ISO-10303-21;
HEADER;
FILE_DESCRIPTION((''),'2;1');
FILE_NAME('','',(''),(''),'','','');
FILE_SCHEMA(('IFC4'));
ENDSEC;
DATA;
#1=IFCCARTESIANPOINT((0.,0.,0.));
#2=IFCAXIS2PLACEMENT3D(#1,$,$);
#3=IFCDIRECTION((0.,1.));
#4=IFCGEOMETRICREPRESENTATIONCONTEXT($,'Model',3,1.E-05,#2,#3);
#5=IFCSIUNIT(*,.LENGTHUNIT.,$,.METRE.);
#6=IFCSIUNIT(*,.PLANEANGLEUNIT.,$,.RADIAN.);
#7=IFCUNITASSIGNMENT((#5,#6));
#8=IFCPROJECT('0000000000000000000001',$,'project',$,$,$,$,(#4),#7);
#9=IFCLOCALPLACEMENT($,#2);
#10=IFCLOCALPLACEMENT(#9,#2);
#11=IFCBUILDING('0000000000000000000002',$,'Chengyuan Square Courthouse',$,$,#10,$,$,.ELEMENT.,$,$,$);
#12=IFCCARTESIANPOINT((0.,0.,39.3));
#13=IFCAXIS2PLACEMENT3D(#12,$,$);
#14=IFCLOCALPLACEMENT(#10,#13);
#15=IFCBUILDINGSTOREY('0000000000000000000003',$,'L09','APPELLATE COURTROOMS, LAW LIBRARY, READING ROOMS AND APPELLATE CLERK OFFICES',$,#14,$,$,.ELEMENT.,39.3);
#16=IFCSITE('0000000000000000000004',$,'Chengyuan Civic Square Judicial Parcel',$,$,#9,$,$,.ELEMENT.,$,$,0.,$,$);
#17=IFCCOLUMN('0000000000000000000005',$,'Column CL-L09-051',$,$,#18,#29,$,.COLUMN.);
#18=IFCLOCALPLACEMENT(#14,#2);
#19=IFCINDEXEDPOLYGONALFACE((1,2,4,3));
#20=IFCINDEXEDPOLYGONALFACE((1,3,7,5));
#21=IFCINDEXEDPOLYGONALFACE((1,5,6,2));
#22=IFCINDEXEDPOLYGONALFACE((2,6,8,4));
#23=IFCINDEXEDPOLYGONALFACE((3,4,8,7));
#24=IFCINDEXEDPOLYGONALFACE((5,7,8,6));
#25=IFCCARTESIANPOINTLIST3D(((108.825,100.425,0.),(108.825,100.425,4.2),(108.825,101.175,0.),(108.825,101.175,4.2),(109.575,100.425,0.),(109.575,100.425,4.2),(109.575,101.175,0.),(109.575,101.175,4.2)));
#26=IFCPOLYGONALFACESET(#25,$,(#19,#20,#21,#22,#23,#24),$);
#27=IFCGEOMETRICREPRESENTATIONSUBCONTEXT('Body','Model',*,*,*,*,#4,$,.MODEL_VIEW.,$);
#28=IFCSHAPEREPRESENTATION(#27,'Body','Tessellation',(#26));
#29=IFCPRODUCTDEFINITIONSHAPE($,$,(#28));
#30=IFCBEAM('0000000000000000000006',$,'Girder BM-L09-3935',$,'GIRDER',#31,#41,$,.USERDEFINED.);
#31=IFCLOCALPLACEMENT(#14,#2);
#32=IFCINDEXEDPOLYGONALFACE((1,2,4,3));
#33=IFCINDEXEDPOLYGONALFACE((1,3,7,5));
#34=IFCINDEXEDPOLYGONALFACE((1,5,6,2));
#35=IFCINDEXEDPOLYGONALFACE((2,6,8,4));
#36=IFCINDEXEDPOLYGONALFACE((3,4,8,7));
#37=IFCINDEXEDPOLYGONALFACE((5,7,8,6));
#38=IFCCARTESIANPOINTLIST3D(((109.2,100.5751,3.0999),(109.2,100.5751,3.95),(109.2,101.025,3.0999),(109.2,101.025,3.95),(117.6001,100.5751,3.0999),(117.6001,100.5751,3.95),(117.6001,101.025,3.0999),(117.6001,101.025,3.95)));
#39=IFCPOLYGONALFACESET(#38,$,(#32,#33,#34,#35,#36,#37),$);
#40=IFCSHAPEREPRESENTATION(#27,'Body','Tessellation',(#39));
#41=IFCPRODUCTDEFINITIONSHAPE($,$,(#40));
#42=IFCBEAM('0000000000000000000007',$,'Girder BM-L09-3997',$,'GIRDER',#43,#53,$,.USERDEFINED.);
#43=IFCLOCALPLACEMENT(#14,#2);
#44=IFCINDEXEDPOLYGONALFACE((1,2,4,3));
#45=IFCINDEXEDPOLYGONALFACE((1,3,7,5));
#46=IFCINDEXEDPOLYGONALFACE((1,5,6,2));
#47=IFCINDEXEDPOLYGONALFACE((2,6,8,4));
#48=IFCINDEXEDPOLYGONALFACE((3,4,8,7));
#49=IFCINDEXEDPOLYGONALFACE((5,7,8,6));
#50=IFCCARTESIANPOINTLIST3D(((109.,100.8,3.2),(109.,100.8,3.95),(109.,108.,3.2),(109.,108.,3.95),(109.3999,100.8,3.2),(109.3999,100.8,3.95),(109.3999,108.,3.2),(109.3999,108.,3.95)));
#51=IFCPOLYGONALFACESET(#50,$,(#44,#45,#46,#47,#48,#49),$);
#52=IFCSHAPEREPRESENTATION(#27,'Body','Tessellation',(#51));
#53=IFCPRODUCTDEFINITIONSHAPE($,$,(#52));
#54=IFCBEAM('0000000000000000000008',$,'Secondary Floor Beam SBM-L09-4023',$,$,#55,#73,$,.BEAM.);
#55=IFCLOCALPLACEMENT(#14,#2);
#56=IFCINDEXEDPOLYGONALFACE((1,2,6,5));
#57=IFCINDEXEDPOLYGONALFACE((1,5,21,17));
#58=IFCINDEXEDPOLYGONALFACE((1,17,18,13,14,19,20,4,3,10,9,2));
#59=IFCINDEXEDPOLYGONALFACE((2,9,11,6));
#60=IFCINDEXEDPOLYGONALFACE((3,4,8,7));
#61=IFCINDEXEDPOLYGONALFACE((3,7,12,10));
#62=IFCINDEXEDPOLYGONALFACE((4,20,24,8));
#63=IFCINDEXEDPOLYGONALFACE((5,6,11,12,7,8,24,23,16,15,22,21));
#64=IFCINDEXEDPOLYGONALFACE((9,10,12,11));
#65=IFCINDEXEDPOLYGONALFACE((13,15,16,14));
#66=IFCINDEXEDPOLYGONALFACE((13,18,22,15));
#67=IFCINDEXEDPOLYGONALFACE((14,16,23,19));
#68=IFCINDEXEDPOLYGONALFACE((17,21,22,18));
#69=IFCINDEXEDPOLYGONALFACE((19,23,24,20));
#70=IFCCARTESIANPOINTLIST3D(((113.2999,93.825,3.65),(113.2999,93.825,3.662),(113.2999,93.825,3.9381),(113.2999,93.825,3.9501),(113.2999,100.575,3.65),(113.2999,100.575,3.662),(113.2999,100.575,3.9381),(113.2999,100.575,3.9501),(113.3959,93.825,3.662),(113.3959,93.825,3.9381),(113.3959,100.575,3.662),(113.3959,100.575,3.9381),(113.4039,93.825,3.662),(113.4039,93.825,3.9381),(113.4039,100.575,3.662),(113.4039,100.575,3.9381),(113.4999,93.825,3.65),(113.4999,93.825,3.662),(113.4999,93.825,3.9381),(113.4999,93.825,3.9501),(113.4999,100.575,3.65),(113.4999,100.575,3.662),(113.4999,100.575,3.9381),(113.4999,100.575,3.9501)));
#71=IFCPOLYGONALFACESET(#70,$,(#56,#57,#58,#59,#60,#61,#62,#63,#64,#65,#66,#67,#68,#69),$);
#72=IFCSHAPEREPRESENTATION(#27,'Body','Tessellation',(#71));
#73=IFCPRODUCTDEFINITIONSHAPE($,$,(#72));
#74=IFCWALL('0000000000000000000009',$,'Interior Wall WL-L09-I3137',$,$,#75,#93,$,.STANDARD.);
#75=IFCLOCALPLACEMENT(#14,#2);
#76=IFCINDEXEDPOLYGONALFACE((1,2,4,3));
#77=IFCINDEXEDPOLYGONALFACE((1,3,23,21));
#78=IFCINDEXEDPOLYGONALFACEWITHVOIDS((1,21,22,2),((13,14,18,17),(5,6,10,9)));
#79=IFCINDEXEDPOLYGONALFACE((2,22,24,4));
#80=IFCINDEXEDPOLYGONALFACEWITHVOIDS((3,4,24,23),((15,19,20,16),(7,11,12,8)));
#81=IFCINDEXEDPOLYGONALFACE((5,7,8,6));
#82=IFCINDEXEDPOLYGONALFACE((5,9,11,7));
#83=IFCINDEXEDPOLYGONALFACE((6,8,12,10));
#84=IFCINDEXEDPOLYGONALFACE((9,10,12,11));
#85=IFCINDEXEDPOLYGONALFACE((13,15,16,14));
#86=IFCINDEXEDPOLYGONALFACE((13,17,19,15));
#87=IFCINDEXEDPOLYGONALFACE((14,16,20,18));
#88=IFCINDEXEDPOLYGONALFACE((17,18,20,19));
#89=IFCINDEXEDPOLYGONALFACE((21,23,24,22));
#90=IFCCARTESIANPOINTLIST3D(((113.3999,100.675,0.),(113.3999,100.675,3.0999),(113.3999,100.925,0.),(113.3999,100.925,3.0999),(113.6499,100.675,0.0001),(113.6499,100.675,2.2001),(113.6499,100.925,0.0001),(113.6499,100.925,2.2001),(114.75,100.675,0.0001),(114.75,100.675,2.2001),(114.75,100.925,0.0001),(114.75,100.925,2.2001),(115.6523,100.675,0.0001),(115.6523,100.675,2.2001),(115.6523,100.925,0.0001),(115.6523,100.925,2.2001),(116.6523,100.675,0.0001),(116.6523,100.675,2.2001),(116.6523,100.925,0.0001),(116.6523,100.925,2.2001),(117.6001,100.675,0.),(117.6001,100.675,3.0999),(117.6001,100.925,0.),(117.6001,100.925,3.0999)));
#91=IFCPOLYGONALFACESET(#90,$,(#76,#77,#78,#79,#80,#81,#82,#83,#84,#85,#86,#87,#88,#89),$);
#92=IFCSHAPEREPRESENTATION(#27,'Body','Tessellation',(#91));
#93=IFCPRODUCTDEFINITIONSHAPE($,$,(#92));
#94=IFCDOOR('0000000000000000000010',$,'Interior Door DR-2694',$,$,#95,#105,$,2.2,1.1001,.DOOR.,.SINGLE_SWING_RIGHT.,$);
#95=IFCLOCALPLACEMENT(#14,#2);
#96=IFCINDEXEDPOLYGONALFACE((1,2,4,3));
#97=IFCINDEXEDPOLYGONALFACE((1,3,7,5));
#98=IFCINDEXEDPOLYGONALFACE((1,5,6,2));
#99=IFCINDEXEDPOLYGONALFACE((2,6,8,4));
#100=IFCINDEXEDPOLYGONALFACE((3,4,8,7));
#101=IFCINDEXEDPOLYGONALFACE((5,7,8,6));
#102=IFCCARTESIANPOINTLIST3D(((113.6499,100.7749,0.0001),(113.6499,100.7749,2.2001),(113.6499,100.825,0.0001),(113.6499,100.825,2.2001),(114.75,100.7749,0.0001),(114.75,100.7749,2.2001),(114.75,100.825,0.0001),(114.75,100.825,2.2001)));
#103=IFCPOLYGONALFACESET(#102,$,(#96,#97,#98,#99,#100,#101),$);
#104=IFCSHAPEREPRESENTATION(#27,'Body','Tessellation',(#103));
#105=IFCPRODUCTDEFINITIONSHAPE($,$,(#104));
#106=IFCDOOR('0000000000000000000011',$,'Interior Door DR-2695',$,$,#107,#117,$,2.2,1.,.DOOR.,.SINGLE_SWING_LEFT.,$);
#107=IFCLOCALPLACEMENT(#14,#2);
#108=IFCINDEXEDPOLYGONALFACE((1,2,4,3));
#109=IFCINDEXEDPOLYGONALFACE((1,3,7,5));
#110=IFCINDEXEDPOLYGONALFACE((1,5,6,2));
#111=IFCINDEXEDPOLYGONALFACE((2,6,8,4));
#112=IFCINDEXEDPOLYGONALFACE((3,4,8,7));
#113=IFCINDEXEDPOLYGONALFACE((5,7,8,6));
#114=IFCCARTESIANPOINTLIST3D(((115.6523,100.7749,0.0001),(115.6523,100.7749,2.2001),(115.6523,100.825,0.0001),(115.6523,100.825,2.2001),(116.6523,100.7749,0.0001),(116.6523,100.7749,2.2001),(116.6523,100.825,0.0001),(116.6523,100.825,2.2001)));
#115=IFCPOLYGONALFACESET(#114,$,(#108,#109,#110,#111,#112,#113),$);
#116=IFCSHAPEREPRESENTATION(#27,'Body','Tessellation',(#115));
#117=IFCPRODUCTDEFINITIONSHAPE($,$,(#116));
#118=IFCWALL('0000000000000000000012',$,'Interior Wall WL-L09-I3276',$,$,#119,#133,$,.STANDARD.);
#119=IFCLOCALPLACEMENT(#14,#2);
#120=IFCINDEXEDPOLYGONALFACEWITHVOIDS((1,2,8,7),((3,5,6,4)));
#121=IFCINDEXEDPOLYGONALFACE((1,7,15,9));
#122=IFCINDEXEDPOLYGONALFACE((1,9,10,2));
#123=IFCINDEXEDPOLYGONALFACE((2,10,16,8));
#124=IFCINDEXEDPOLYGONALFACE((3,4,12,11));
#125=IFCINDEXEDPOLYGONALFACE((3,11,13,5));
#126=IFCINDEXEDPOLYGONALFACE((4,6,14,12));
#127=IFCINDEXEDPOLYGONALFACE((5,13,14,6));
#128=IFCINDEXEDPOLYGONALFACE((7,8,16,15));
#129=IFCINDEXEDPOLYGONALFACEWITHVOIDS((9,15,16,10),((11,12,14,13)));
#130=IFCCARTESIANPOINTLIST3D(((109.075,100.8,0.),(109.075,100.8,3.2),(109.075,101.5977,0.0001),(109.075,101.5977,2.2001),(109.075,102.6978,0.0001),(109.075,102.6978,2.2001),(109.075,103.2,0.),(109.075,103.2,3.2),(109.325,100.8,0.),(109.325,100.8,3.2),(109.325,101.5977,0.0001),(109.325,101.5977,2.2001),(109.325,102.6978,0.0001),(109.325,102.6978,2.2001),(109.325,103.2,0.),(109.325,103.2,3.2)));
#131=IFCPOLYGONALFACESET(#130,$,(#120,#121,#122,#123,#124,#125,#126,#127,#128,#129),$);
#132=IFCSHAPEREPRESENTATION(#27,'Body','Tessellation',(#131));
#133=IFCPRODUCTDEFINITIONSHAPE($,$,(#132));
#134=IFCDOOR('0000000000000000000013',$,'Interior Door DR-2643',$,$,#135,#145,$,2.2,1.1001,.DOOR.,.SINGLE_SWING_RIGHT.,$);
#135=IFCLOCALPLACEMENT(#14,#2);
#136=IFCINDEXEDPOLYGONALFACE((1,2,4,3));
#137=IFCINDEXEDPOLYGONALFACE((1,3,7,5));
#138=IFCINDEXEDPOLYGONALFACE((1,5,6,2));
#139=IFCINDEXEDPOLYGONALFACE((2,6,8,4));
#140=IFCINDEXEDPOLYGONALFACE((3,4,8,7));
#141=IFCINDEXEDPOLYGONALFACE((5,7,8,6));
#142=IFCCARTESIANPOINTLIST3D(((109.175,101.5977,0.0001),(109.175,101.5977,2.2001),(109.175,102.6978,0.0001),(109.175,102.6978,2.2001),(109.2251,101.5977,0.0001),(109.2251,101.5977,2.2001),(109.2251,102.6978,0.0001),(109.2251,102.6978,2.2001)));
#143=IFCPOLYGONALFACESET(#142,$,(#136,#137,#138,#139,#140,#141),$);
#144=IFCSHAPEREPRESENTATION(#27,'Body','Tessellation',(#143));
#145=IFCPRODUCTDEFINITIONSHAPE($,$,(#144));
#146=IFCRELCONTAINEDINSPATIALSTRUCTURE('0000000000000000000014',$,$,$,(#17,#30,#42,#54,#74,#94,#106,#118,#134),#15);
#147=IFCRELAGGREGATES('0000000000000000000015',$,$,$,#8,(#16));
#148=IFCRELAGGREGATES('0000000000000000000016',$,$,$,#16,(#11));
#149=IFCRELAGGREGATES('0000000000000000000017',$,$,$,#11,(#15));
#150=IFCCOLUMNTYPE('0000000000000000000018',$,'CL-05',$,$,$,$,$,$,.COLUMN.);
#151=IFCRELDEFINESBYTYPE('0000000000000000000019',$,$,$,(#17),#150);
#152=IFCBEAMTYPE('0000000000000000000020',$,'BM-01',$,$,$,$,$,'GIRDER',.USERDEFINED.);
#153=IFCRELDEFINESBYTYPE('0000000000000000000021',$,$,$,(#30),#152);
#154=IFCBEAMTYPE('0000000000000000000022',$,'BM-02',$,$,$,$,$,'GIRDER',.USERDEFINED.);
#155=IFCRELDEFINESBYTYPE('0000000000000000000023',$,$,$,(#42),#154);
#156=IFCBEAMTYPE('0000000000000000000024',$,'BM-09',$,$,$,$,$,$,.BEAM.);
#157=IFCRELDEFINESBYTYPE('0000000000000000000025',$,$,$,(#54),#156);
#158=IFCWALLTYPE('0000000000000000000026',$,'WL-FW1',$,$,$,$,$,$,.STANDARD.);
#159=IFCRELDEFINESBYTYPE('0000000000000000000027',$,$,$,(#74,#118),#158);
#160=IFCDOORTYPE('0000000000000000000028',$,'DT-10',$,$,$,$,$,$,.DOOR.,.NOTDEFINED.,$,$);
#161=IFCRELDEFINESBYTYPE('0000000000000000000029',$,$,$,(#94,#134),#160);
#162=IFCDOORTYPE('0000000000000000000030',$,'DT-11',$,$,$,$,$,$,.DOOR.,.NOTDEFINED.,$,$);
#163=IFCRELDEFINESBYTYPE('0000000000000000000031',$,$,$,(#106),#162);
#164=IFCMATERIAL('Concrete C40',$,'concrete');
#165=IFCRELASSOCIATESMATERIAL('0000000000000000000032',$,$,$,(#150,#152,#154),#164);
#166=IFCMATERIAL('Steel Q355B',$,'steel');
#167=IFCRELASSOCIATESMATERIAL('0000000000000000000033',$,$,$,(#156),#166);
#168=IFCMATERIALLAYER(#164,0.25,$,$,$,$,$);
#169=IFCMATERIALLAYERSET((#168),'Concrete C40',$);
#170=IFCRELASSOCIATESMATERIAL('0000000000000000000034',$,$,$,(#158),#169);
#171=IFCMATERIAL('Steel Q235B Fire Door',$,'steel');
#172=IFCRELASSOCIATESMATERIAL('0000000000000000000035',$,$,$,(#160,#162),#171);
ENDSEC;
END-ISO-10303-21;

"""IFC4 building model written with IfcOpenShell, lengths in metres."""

from ifc_helpers import new_model, si_unit, direction, frame, frame_2d, origin, origin_2d, place, context, subcontext, project, spatial, rectangle, i_section, extrude, material, layer, layer_set, material_profile, profile_set, type_object, element, fill, save


model = new_model("IFC4")

# Units and contexts
model_context = context("Model", 3, precision=1e-05, world=origin(), true_north=direction((0.0, 1.0)))
body_context = subcontext(model_context, "Body", "Model", "MODEL_VIEW")
ifc_project = project(units=[si_unit("LENGTHUNIT", "METRE"), si_unit("PLANEANGLEUNIT", "RADIAN")], contexts=[model_context])

# Site, building, storey
site_placement = place(None, origin())
site = spatial("IfcSite", under=ifc_project, at=site_placement, Name="Chengyuan Civic Square Judicial Parcel", CompositionType="ELEMENT", RefElevation=0.0)
building_placement = place(site_placement, origin())
building = spatial("IfcBuilding", under=site, at=building_placement, Name="Chengyuan Square Courthouse", CompositionType="ELEMENT")
storey_placement = place(building_placement, frame((0.0, 0.0, 39.3)))
storey = spatial("IfcBuildingStorey", under=building, at=storey_placement, Name="L09", Description="APPELLATE COURTROOMS, LAW LIBRARY, READING ROOMS AND APPELLATE CLERK OFFICES", CompositionType="ELEMENT", Elevation=39.3)

# Column
ifc_material_1 = material(Name="Concrete C40", Category="concrete")
ifc_material_profile_1 = material_profile(ifc_material_1, rectangle(XDim=0.75, YDim=0.75, at=origin_2d()), Name="RC-COL-750x750")
ifc_profile_set_1 = profile_set([ifc_material_profile_1], Name="Concrete C40")
column_type = type_object("IfcColumnType", Name="CL-05", PredefinedType="COLUMN", material=ifc_profile_set_1)
column_placement = place(storey_placement, frame((109.2, 100.8, 0.0), z_axis=(0.0, 0.0, 1.0), x_axis=(1.0, 0.0, 0.0)))
element("IfcColumn", 1, at=column_placement, inside=storey, type_object=column_type, Name="Column CL-L09-051", PredefinedType="COLUMN", context=body_context, shape_type="SweptSolid", body=[
    extrude(rectangle(XDim=0.75, YDim=0.75, at=origin_2d()), origin(), (0.0, 0.0, 1.0), 4.2),
])

# Beams
ifc_material_profile_2 = material_profile(ifc_material_1, rectangle(XDim=0.45, YDim=0.8501, at=origin_2d()), Name="RC-BM-450x850")
ifc_profile_set_2 = profile_set([ifc_material_profile_2], Name="Concrete C40")
beam_type_1 = type_object("IfcBeamType", Name="BM-01", ElementType="GIRDER", PredefinedType="USERDEFINED", material=ifc_profile_set_2)
beam_1_placement = place(storey_placement, frame((109.2, 100.8, 3.5249), z_axis=(1.0, 0.0, 0.0), x_axis=(0.0, 1.0, 0.0)))
element("IfcBeam", 2, at=beam_1_placement, inside=storey, type_object=beam_type_1, Name="Girder BM-L09-3935", ObjectType="GIRDER", PredefinedType="USERDEFINED", context=body_context, shape_type="SweptSolid", body=[
    extrude(rectangle(XDim=0.45, YDim=0.8501, at=origin_2d()), origin(), (0.0, 0.0, 1.0), 8.4001),
])
ifc_material_profile_3 = material_profile(ifc_material_1, rectangle(XDim=0.3999, YDim=0.75, at=origin_2d()), Name="RC-BM-400x750")
ifc_profile_set_3 = profile_set([ifc_material_profile_3], Name="Concrete C40")
beam_type_2 = type_object("IfcBeamType", Name="BM-02", ElementType="GIRDER", PredefinedType="USERDEFINED", material=ifc_profile_set_3)
beam_2_placement = place(storey_placement, frame((109.2, 100.8, 3.575), z_axis=(0.0, 1.0, 0.0), x_axis=(-1.0, 0.0, 0.0)))
element("IfcBeam", 3, at=beam_2_placement, inside=storey, type_object=beam_type_2, Name="Girder BM-L09-3997", ObjectType="GIRDER", PredefinedType="USERDEFINED", context=body_context, shape_type="SweptSolid", body=[
    extrude(rectangle(XDim=0.3999, YDim=0.75, at=origin_2d()), origin(), (0.0, 0.0, 1.0), 7.2),
])
ifc_material_2 = material(Name="Steel Q355B", Category="steel")
ifc_material_profile_4 = material_profile(ifc_material_2, i_section(OverallWidth=0.2, OverallDepth=0.3, WebThickness=0.0081, FlangeThickness=0.012, at=origin_2d()), Name="HM 300x200x8x12")
ifc_profile_set_4 = profile_set([ifc_material_profile_4], Name="Steel Q355B")
beam_type_3 = type_object("IfcBeamType", Name="BM-09", PredefinedType="BEAM", material=ifc_profile_set_4)
beam_3_placement = place(storey_placement, frame((113.3999, 93.825, 3.8), z_axis=(0.0, 1.0, 0.0), x_axis=(-1.0, 0.0, 0.0)))
element("IfcBeam", 4, at=beam_3_placement, inside=storey, type_object=beam_type_3, Name="Secondary Floor Beam SBM-L09-4023", PredefinedType="BEAM", context=body_context, shape_type="SweptSolid", body=[
    extrude(i_section(OverallWidth=0.2, OverallDepth=0.3, WebThickness=0.0081, FlangeThickness=0.012, at=origin_2d()), origin(), (0.0, 0.0, 1.0), 6.75),
])

# Wall, openings, doors
ifc_layer_1 = layer(ifc_material_1, 0.25)
ifc_layer_set_1 = layer_set([ifc_layer_1], Name="Concrete C40")
wall_type_1 = type_object("IfcWallType", Name="WL-FW1", PredefinedType="STANDARD", material=ifc_layer_set_1)
wall_1_placement = place(storey_placement, frame((113.3999, 100.8, 0.0), z_axis=(0.0, 0.0, 1.0), x_axis=(1.0, 0.0, 0.0)))
wall_1 = element("IfcWall", 5, at=wall_1_placement, inside=storey, type_object=wall_type_1, Name="Interior Wall WL-L09-I3137", PredefinedType="STANDARD", context=body_context, shape_type="SweptSolid", body=[
    extrude(rectangle(XDim=4.2002, YDim=0.25, at=frame_2d((2.1001, 0.0))), origin(), (0.0, 0.0, 1.0), 3.0999),
])
opening_1_placement = place(wall_1_placement, frame((0.25, 0.0, 0.0)))
opening_1 = element("IfcOpeningElement", 6, at=opening_1_placement, cuts=wall_1, PredefinedType="OPENING", context=body_context, shape_type="SweptSolid", body=[
    extrude(rectangle(XDim=1.1001, YDim=2.2, at=frame_2d((0.55, 1.1001))), frame((0.0, 0.137, 0.0), z_axis=(0.0, -1.0, 0.0), x_axis=(1.0, 0.0, 0.0)), (0.0, 0.0, 1.0), 0.2739),
])
opening_2_placement = place(wall_1_placement, frame((2.2524, 0.0, 0.0)))
opening_2 = element("IfcOpeningElement", 7, at=opening_2_placement, cuts=wall_1, PredefinedType="OPENING", context=body_context, shape_type="SweptSolid", body=[
    extrude(rectangle(XDim=1.0, YDim=2.2, at=frame_2d((0.5, 1.1001))), frame((0.0, 0.137, 0.0), z_axis=(0.0, -1.0, 0.0), x_axis=(1.0, 0.0, 0.0)), (0.0, 0.0, 1.0), 0.2739),
])
ifc_material_3 = material(Name="Steel Q235B Fire Door", Category="steel")
door_type_1 = type_object("IfcDoorType", Name="DT-10", OperationType="NOTDEFINED", PredefinedType="DOOR", material=ifc_material_3)
door_1_placement = place(opening_1_placement, origin())
door_1 = element("IfcDoor", 8, at=door_1_placement, inside=storey, type_object=door_type_1, Name="Interior Door DR-2694", OperationType="SINGLE_SWING_RIGHT", OverallHeight=2.2, OverallWidth=1.1001, PredefinedType="DOOR", context=body_context, shape_type="SweptSolid", body=[
    extrude(rectangle(XDim=1.1001, YDim=2.2, at=frame_2d((0.55, 1.1001))), frame((0.0, 0.0249, 0.0), z_axis=(0.0, -1.0, 0.0), x_axis=(1.0, 0.0, 0.0)), (0.0, 0.0, 1.0), 0.05),
])
fill(opening_1, door_1)
door_type_2 = type_object("IfcDoorType", Name="DT-11", OperationType="NOTDEFINED", PredefinedType="DOOR", material=ifc_material_3)
door_2_placement = place(opening_2_placement, origin())
door_2 = element("IfcDoor", 9, at=door_2_placement, inside=storey, type_object=door_type_2, Name="Interior Door DR-2695", OperationType="SINGLE_SWING_LEFT", OverallHeight=2.2, OverallWidth=1.0, PredefinedType="DOOR", context=body_context, shape_type="SweptSolid", body=[
    extrude(rectangle(XDim=1.0, YDim=2.2, at=frame_2d((0.5, 1.1001))), frame((0.0, 0.0249, 0.0), z_axis=(0.0, -1.0, 0.0), x_axis=(1.0, 0.0, 0.0)), (0.0, 0.0, 1.0), 0.05),
])
fill(opening_2, door_2)

# Wall, opening, door
wall_2_placement = place(storey_placement, frame((109.2, 100.8, 0.0), z_axis=(0.0, 0.0, 1.0), x_axis=(0.0, 1.0, 0.0)))
wall_2 = element("IfcWall", 10, at=wall_2_placement, inside=storey, type_object=wall_type_1, Name="Interior Wall WL-L09-I3276", PredefinedType="STANDARD", context=body_context, shape_type="SweptSolid", body=[
    extrude(rectangle(XDim=2.3999, YDim=0.25, at=frame_2d((1.2, 0.0))), origin(), (0.0, 0.0, 1.0), 3.2),
])
opening_3_placement = place(wall_2_placement, frame((0.7976, 0.0, 0.0)))
opening_3 = element("IfcOpeningElement", 11, at=opening_3_placement, cuts=wall_2, PredefinedType="OPENING", context=body_context, shape_type="SweptSolid", body=[
    extrude(rectangle(XDim=1.1001, YDim=2.2, at=frame_2d((0.55, 1.1001))), frame((0.0, 0.137, 0.0), z_axis=(0.0, -1.0, 0.0), x_axis=(1.0, 0.0, 0.0)), (0.0, 0.0, 1.0), 0.2739),
])
door_3_placement = place(opening_3_placement, origin())
door_3 = element("IfcDoor", 12, at=door_3_placement, inside=storey, type_object=door_type_1, Name="Interior Door DR-2643", OperationType="SINGLE_SWING_RIGHT", OverallHeight=2.2, OverallWidth=1.1001, PredefinedType="DOOR", context=body_context, shape_type="SweptSolid", body=[
    extrude(rectangle(XDim=1.1001, YDim=2.2, at=frame_2d((0.55, 1.1001))), frame((0.0, 0.0249, 0.0), z_axis=(0.0, -1.0, 0.0), x_axis=(1.0, 0.0, 0.0)), (0.0, 0.0, 1.0), 0.05),
])
fill(opening_3, door_3)

save(model, "model.ifc")
